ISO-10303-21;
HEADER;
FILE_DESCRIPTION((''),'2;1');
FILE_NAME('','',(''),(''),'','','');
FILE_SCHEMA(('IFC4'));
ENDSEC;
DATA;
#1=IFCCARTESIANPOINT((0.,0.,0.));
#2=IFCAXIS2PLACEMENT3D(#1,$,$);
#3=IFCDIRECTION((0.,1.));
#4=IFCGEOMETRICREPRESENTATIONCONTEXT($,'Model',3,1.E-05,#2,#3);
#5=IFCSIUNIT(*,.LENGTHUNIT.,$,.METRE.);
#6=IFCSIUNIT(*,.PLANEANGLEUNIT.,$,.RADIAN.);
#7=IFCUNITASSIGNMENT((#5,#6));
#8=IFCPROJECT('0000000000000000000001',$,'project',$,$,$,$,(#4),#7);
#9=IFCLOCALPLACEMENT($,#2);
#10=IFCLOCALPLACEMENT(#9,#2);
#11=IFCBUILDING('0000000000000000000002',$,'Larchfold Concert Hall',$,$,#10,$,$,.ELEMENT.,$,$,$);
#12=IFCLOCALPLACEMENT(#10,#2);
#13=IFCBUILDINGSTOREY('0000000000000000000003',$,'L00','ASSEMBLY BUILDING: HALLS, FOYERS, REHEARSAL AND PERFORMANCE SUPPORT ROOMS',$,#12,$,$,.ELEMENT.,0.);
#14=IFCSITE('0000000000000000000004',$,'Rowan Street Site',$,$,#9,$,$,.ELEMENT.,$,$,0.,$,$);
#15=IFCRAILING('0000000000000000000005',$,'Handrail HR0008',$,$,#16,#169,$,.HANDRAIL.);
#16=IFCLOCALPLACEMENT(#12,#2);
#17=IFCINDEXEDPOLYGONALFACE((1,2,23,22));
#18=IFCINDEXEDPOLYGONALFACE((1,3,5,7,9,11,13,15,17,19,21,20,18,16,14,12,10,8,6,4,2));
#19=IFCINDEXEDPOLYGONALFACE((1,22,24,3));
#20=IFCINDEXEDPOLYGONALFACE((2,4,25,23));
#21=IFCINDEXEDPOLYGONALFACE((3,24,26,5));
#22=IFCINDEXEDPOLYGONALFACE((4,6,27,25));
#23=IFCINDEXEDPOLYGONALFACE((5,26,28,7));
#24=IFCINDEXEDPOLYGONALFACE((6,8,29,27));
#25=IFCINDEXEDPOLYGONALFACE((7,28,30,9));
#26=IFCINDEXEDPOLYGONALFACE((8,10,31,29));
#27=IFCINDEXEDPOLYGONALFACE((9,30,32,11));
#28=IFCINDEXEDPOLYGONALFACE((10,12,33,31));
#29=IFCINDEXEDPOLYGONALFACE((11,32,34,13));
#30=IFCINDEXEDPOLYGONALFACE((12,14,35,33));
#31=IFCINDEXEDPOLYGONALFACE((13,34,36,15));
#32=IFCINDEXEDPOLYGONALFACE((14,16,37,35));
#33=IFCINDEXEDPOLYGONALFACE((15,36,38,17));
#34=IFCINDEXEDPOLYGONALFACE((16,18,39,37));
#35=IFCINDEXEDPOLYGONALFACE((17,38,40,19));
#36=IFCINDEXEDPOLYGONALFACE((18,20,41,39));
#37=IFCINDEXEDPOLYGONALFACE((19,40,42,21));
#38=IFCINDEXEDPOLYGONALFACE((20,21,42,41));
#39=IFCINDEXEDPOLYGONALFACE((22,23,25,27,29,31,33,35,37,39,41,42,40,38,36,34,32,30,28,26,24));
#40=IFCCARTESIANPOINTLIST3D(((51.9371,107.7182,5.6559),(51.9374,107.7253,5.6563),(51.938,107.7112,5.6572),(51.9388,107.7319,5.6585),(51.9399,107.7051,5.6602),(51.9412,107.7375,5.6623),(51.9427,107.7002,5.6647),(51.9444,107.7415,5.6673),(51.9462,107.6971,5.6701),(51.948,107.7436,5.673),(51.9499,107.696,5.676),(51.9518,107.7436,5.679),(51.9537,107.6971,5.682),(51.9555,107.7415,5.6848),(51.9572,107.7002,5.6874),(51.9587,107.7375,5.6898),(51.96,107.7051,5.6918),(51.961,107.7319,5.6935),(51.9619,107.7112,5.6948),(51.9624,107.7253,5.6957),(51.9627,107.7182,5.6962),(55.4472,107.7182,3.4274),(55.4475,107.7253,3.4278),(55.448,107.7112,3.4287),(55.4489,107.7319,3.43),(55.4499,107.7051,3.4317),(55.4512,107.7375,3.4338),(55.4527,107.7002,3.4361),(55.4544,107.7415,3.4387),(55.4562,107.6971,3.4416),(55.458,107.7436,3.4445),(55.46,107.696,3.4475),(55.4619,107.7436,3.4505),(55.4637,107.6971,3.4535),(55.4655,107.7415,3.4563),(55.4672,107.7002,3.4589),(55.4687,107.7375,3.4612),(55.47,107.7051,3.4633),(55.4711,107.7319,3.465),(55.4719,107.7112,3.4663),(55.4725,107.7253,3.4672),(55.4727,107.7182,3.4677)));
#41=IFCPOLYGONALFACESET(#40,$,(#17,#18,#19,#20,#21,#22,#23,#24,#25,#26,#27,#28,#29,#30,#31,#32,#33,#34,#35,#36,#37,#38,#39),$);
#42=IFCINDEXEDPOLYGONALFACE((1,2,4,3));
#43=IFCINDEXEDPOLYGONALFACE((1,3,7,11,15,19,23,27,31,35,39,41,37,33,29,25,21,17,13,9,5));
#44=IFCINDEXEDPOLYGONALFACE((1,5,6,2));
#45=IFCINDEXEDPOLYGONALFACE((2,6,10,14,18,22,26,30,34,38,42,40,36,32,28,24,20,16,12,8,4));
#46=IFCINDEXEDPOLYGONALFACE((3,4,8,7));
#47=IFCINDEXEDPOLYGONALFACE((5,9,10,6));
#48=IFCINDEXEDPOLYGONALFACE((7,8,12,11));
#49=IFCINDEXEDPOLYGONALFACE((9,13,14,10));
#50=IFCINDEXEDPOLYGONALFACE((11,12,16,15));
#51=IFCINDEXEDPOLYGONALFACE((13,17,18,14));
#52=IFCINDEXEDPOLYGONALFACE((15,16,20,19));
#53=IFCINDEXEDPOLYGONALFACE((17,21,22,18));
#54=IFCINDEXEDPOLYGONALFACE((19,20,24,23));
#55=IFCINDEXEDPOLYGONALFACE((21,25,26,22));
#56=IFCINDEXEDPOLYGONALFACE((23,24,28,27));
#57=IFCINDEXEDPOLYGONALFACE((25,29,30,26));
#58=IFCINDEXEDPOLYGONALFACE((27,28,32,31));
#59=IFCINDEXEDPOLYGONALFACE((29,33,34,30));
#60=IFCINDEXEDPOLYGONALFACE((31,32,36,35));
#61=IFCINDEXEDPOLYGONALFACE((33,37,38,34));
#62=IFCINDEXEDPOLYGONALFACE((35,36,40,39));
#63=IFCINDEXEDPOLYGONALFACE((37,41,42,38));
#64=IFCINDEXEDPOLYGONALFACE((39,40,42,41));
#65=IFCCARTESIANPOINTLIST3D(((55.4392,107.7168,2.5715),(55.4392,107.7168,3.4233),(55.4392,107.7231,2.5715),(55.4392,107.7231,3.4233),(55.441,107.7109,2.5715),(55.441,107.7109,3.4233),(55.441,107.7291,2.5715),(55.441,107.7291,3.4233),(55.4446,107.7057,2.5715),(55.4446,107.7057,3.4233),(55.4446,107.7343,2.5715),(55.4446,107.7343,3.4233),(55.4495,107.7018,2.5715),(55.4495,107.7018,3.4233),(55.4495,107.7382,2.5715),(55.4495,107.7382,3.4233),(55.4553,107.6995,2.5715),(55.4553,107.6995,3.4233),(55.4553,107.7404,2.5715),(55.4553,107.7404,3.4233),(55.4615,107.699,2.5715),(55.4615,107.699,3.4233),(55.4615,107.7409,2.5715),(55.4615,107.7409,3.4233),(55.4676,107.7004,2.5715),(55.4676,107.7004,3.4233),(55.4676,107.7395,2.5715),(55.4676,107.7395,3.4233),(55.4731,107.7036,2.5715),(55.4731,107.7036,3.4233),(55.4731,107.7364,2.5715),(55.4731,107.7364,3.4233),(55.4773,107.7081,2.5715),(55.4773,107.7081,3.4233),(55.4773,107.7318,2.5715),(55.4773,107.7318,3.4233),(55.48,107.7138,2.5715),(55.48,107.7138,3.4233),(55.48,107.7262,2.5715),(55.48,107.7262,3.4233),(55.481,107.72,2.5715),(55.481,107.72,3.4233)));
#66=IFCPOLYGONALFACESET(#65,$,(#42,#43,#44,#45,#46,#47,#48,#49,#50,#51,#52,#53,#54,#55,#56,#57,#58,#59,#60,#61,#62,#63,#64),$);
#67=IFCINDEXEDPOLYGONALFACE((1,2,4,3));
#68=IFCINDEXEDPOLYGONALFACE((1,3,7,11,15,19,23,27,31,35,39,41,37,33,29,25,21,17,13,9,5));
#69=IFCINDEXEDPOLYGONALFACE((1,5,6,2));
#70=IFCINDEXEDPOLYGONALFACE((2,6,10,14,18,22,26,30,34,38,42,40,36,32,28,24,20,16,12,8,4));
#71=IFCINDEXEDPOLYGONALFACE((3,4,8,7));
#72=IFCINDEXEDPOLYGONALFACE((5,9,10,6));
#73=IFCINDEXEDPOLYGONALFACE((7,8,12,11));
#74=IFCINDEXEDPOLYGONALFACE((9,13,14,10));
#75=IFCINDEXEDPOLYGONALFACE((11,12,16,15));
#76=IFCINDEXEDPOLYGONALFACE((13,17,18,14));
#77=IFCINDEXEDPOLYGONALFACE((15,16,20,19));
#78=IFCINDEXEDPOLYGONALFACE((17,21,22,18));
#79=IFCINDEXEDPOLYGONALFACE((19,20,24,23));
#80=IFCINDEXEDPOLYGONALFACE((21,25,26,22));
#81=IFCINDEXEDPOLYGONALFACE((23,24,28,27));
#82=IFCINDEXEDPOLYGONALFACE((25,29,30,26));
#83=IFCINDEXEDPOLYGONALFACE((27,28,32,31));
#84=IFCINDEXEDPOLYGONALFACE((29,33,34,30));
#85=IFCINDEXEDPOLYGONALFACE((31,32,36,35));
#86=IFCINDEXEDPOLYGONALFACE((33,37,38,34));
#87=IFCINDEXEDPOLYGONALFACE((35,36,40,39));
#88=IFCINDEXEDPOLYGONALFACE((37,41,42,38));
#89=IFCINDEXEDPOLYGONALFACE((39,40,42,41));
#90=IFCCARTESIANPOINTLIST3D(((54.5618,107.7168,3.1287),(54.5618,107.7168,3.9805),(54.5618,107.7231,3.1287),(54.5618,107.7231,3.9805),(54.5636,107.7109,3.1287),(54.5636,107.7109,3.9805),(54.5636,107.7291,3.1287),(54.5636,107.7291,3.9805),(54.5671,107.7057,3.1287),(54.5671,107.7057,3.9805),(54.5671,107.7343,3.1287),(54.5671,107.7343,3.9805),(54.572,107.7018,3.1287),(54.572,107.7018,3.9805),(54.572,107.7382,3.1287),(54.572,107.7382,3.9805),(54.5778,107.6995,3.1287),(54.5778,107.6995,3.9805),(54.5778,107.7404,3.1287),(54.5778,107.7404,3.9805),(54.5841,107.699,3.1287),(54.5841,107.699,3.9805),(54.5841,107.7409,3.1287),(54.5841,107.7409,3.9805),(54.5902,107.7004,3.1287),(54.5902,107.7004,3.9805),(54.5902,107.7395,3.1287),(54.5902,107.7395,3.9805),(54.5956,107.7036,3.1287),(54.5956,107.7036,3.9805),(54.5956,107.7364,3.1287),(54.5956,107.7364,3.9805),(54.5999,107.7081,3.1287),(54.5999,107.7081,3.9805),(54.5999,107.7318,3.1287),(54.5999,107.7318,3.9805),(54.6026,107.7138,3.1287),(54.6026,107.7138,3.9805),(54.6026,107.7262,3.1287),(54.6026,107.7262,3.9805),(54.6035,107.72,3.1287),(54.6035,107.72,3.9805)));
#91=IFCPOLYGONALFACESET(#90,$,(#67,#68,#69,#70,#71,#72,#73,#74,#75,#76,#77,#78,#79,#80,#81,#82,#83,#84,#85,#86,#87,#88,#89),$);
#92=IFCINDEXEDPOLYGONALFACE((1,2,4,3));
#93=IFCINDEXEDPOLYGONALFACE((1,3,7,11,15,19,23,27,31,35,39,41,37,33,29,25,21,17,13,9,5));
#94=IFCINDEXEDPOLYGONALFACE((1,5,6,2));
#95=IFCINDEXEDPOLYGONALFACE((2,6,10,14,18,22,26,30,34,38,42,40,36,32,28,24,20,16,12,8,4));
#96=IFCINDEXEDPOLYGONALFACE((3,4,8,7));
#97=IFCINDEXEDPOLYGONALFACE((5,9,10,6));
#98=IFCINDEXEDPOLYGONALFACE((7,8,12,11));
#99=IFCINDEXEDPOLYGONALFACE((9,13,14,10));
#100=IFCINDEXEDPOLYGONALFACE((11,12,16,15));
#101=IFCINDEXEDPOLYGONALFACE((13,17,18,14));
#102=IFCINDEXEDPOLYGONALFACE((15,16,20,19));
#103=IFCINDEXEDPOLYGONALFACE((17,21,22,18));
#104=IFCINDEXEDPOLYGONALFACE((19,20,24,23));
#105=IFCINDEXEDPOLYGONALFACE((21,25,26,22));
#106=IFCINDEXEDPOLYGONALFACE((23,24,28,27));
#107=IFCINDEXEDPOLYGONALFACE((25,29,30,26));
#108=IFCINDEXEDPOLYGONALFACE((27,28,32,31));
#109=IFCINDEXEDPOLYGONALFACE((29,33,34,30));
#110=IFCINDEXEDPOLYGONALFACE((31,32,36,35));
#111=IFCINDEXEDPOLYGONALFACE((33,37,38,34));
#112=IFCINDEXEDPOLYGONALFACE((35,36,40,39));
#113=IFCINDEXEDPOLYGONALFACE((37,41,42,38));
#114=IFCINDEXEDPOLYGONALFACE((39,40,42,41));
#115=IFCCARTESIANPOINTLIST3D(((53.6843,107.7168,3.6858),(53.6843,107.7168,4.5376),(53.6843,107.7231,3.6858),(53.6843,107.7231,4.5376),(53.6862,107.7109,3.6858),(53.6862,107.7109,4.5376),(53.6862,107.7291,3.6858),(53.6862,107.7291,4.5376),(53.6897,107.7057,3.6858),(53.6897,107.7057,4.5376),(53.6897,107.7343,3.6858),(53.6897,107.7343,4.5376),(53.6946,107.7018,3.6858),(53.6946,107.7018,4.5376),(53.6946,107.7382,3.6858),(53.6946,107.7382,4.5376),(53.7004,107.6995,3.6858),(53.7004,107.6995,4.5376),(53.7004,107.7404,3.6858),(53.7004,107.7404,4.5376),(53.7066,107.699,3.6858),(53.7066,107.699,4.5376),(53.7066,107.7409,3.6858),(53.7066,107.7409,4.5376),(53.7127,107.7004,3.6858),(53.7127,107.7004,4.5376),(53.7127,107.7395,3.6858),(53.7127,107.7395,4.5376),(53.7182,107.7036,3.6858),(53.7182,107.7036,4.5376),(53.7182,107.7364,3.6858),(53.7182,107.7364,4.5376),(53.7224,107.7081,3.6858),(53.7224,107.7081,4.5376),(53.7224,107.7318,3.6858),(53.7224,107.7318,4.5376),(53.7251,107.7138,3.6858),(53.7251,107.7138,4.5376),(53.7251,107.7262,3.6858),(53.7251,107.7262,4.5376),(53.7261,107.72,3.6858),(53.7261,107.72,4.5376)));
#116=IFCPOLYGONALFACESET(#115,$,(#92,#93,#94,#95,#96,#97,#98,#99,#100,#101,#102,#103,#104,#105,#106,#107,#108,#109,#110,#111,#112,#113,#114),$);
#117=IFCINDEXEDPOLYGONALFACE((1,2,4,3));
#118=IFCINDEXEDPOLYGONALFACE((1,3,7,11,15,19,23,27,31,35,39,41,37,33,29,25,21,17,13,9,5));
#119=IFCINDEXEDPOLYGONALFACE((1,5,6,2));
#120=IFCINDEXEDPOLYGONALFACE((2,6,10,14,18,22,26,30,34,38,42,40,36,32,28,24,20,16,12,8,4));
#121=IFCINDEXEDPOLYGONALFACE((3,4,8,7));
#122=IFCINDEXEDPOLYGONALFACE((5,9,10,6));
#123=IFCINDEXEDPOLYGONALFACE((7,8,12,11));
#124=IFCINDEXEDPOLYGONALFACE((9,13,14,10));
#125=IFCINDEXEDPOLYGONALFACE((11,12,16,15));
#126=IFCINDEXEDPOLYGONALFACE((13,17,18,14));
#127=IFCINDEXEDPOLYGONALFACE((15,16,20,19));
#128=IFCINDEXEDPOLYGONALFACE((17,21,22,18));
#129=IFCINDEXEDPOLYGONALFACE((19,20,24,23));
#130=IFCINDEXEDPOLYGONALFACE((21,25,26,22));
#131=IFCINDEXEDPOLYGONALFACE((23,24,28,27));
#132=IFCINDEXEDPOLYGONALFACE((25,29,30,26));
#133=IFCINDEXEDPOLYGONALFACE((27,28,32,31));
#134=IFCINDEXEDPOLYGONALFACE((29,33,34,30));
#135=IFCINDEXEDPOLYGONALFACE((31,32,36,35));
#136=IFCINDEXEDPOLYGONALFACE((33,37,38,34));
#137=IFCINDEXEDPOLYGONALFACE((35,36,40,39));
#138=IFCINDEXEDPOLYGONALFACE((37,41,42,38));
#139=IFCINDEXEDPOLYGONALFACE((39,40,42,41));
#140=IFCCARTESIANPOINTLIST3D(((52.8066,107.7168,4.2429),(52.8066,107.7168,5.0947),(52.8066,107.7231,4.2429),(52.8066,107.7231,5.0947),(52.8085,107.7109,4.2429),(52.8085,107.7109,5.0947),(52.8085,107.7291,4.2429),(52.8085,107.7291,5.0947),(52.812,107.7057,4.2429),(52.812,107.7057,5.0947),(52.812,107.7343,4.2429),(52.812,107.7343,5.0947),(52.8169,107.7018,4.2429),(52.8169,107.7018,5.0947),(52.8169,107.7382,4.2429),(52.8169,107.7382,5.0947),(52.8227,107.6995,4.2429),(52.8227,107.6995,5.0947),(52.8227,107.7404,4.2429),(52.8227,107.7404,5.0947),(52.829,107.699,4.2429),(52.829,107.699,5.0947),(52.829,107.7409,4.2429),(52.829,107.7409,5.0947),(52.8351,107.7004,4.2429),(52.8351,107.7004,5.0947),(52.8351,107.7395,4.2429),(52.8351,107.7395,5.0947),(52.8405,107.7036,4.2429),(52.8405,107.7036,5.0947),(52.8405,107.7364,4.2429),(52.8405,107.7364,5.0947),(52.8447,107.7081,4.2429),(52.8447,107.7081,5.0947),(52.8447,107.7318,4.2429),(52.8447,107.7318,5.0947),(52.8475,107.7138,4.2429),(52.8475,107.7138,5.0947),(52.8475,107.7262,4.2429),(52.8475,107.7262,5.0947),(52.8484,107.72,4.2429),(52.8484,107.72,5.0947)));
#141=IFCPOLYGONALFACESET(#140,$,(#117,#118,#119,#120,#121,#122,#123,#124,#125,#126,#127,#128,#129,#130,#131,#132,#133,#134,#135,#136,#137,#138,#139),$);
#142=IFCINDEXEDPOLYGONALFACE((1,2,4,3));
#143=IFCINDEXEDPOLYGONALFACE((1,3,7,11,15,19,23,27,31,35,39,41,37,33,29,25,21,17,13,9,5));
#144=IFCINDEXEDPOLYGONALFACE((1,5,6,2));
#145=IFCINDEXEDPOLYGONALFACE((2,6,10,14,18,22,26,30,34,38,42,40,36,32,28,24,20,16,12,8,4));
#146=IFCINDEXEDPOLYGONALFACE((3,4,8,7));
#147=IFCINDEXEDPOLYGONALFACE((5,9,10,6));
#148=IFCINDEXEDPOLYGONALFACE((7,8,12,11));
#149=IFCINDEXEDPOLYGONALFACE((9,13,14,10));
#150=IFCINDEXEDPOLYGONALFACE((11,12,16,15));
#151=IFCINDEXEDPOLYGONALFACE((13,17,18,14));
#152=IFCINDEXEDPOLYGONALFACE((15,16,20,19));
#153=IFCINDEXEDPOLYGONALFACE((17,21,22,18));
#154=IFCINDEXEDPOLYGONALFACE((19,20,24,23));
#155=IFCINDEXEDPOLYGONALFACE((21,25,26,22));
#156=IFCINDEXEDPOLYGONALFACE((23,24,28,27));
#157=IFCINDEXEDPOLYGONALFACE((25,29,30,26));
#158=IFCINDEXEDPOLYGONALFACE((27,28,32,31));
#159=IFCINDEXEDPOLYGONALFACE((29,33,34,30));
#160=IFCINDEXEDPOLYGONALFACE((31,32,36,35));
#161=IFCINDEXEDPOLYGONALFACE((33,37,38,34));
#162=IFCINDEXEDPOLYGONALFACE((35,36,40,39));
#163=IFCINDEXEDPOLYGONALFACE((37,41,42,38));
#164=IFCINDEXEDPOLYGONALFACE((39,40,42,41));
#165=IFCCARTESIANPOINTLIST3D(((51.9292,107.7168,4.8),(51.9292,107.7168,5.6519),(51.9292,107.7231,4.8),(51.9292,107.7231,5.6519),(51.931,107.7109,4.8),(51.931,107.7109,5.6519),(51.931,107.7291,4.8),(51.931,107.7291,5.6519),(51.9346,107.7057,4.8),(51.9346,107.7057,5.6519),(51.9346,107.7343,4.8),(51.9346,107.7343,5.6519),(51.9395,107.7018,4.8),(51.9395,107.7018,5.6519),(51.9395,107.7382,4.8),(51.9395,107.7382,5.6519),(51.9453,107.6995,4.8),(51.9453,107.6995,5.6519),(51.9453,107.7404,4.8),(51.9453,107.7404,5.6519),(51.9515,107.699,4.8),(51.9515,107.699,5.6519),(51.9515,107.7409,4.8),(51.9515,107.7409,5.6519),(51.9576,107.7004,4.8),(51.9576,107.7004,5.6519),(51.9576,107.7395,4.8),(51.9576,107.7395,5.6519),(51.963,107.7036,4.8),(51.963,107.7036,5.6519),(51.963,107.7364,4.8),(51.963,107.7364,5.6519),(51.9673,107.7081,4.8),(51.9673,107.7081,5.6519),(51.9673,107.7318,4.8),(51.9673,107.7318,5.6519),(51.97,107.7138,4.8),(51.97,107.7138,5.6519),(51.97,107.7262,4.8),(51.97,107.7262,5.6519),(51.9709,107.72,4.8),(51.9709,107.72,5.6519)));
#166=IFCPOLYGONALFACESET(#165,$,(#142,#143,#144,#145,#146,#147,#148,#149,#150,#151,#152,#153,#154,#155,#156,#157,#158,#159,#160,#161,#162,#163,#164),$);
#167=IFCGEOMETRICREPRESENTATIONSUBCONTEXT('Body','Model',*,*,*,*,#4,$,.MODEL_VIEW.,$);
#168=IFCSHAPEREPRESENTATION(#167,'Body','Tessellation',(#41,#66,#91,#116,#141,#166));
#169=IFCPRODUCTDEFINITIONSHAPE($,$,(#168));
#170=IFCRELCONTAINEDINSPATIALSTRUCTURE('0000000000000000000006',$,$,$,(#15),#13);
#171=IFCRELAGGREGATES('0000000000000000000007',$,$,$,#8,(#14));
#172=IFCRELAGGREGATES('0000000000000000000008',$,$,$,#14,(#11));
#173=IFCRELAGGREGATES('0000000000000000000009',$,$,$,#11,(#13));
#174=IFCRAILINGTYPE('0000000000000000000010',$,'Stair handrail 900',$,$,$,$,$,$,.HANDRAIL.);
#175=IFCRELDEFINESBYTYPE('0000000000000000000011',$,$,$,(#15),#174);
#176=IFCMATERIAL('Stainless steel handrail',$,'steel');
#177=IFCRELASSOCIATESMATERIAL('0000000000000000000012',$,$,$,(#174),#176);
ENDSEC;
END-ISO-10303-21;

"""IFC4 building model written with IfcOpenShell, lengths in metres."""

from ifc_helpers import new_model, si_unit, direction, frame, origin, origin_2d, place, context, subcontext, project, spatial, circle, extrude, material, type_object, element, save


model = new_model("IFC4")

# Units and contexts
model_context = context("Model", 3, precision=1e-05, world=origin(), true_north=direction((0.0, 1.0)))
body_context = subcontext(model_context, "Body", "Model", "MODEL_VIEW")
ifc_project = project(units=[si_unit("LENGTHUNIT", "METRE"), si_unit("PLANEANGLEUNIT", "RADIAN")], contexts=[model_context])

# Site, building, storey
site_placement = place(None, origin())
site = spatial("IfcSite", under=ifc_project, at=site_placement, Name="Rowan Street Site", CompositionType="ELEMENT", RefElevation=0.0)
building_placement = place(site_placement, origin())
building = spatial("IfcBuilding", under=site, at=building_placement, Name="Larchfold Concert Hall", CompositionType="ELEMENT")
storey_placement = place(building_placement, origin())
storey = spatial("IfcBuildingStorey", under=building, at=storey_placement, Name="L00", Description="ASSEMBLY BUILDING: HALLS, FOYERS, REHEARSAL AND PERFORMANCE SUPPORT ROOMS", CompositionType="ELEMENT", Elevation=0.0)

# Railing
ifc_material_1 = material(Name="Stainless steel handrail", Category="steel")
railing_type_1 = type_object("IfcRailingType", Name="Stair handrail 900", PredefinedType="HANDRAIL", material=ifc_material_1)
railing_1_placement = place(storey_placement, frame((55.46, 107.72, 2.5715)))
element("IfcRailing", 1, at=railing_1_placement, inside=storey, type_object=railing_type_1, Name="Handrail HR0008", PredefinedType="HANDRAIL", context=body_context, shape_type="SweptSolid", body=[
    extrude(circle(Radius=0.0239, at=origin_2d()), frame((0.0, 0.0, 0.876), z_axis=(-0.84422, 0.0, 0.535998), x_axis=(0.0, -1.0, 0.0)), (0.0, 0.0, 1.0), 4.1577),
    extrude(circle(Radius=0.021, at=origin_2d()), origin(), (0.0, 0.0, 1.0), 0.8518),
    extrude(circle(Radius=0.021, at=origin_2d()), frame((-0.8774, 0.0, 0.5571)), (0.0, 0.0, 1.0), 0.8518),
    extrude(circle(Radius=0.021, at=origin_2d()), frame((-1.7549, 0.0, 1.1143)), (0.0, 0.0, 1.0), 0.8518),
    extrude(circle(Radius=0.021, at=origin_2d()), frame((-2.6326, 0.0, 1.6714)), (0.0, 0.0, 1.0), 0.8518),
    extrude(circle(Radius=0.021, at=origin_2d()), frame((-3.51, 0.0, 2.2285)), (0.0, 0.0, 1.0), 0.8518),
])

save(model, "model.ifc")
